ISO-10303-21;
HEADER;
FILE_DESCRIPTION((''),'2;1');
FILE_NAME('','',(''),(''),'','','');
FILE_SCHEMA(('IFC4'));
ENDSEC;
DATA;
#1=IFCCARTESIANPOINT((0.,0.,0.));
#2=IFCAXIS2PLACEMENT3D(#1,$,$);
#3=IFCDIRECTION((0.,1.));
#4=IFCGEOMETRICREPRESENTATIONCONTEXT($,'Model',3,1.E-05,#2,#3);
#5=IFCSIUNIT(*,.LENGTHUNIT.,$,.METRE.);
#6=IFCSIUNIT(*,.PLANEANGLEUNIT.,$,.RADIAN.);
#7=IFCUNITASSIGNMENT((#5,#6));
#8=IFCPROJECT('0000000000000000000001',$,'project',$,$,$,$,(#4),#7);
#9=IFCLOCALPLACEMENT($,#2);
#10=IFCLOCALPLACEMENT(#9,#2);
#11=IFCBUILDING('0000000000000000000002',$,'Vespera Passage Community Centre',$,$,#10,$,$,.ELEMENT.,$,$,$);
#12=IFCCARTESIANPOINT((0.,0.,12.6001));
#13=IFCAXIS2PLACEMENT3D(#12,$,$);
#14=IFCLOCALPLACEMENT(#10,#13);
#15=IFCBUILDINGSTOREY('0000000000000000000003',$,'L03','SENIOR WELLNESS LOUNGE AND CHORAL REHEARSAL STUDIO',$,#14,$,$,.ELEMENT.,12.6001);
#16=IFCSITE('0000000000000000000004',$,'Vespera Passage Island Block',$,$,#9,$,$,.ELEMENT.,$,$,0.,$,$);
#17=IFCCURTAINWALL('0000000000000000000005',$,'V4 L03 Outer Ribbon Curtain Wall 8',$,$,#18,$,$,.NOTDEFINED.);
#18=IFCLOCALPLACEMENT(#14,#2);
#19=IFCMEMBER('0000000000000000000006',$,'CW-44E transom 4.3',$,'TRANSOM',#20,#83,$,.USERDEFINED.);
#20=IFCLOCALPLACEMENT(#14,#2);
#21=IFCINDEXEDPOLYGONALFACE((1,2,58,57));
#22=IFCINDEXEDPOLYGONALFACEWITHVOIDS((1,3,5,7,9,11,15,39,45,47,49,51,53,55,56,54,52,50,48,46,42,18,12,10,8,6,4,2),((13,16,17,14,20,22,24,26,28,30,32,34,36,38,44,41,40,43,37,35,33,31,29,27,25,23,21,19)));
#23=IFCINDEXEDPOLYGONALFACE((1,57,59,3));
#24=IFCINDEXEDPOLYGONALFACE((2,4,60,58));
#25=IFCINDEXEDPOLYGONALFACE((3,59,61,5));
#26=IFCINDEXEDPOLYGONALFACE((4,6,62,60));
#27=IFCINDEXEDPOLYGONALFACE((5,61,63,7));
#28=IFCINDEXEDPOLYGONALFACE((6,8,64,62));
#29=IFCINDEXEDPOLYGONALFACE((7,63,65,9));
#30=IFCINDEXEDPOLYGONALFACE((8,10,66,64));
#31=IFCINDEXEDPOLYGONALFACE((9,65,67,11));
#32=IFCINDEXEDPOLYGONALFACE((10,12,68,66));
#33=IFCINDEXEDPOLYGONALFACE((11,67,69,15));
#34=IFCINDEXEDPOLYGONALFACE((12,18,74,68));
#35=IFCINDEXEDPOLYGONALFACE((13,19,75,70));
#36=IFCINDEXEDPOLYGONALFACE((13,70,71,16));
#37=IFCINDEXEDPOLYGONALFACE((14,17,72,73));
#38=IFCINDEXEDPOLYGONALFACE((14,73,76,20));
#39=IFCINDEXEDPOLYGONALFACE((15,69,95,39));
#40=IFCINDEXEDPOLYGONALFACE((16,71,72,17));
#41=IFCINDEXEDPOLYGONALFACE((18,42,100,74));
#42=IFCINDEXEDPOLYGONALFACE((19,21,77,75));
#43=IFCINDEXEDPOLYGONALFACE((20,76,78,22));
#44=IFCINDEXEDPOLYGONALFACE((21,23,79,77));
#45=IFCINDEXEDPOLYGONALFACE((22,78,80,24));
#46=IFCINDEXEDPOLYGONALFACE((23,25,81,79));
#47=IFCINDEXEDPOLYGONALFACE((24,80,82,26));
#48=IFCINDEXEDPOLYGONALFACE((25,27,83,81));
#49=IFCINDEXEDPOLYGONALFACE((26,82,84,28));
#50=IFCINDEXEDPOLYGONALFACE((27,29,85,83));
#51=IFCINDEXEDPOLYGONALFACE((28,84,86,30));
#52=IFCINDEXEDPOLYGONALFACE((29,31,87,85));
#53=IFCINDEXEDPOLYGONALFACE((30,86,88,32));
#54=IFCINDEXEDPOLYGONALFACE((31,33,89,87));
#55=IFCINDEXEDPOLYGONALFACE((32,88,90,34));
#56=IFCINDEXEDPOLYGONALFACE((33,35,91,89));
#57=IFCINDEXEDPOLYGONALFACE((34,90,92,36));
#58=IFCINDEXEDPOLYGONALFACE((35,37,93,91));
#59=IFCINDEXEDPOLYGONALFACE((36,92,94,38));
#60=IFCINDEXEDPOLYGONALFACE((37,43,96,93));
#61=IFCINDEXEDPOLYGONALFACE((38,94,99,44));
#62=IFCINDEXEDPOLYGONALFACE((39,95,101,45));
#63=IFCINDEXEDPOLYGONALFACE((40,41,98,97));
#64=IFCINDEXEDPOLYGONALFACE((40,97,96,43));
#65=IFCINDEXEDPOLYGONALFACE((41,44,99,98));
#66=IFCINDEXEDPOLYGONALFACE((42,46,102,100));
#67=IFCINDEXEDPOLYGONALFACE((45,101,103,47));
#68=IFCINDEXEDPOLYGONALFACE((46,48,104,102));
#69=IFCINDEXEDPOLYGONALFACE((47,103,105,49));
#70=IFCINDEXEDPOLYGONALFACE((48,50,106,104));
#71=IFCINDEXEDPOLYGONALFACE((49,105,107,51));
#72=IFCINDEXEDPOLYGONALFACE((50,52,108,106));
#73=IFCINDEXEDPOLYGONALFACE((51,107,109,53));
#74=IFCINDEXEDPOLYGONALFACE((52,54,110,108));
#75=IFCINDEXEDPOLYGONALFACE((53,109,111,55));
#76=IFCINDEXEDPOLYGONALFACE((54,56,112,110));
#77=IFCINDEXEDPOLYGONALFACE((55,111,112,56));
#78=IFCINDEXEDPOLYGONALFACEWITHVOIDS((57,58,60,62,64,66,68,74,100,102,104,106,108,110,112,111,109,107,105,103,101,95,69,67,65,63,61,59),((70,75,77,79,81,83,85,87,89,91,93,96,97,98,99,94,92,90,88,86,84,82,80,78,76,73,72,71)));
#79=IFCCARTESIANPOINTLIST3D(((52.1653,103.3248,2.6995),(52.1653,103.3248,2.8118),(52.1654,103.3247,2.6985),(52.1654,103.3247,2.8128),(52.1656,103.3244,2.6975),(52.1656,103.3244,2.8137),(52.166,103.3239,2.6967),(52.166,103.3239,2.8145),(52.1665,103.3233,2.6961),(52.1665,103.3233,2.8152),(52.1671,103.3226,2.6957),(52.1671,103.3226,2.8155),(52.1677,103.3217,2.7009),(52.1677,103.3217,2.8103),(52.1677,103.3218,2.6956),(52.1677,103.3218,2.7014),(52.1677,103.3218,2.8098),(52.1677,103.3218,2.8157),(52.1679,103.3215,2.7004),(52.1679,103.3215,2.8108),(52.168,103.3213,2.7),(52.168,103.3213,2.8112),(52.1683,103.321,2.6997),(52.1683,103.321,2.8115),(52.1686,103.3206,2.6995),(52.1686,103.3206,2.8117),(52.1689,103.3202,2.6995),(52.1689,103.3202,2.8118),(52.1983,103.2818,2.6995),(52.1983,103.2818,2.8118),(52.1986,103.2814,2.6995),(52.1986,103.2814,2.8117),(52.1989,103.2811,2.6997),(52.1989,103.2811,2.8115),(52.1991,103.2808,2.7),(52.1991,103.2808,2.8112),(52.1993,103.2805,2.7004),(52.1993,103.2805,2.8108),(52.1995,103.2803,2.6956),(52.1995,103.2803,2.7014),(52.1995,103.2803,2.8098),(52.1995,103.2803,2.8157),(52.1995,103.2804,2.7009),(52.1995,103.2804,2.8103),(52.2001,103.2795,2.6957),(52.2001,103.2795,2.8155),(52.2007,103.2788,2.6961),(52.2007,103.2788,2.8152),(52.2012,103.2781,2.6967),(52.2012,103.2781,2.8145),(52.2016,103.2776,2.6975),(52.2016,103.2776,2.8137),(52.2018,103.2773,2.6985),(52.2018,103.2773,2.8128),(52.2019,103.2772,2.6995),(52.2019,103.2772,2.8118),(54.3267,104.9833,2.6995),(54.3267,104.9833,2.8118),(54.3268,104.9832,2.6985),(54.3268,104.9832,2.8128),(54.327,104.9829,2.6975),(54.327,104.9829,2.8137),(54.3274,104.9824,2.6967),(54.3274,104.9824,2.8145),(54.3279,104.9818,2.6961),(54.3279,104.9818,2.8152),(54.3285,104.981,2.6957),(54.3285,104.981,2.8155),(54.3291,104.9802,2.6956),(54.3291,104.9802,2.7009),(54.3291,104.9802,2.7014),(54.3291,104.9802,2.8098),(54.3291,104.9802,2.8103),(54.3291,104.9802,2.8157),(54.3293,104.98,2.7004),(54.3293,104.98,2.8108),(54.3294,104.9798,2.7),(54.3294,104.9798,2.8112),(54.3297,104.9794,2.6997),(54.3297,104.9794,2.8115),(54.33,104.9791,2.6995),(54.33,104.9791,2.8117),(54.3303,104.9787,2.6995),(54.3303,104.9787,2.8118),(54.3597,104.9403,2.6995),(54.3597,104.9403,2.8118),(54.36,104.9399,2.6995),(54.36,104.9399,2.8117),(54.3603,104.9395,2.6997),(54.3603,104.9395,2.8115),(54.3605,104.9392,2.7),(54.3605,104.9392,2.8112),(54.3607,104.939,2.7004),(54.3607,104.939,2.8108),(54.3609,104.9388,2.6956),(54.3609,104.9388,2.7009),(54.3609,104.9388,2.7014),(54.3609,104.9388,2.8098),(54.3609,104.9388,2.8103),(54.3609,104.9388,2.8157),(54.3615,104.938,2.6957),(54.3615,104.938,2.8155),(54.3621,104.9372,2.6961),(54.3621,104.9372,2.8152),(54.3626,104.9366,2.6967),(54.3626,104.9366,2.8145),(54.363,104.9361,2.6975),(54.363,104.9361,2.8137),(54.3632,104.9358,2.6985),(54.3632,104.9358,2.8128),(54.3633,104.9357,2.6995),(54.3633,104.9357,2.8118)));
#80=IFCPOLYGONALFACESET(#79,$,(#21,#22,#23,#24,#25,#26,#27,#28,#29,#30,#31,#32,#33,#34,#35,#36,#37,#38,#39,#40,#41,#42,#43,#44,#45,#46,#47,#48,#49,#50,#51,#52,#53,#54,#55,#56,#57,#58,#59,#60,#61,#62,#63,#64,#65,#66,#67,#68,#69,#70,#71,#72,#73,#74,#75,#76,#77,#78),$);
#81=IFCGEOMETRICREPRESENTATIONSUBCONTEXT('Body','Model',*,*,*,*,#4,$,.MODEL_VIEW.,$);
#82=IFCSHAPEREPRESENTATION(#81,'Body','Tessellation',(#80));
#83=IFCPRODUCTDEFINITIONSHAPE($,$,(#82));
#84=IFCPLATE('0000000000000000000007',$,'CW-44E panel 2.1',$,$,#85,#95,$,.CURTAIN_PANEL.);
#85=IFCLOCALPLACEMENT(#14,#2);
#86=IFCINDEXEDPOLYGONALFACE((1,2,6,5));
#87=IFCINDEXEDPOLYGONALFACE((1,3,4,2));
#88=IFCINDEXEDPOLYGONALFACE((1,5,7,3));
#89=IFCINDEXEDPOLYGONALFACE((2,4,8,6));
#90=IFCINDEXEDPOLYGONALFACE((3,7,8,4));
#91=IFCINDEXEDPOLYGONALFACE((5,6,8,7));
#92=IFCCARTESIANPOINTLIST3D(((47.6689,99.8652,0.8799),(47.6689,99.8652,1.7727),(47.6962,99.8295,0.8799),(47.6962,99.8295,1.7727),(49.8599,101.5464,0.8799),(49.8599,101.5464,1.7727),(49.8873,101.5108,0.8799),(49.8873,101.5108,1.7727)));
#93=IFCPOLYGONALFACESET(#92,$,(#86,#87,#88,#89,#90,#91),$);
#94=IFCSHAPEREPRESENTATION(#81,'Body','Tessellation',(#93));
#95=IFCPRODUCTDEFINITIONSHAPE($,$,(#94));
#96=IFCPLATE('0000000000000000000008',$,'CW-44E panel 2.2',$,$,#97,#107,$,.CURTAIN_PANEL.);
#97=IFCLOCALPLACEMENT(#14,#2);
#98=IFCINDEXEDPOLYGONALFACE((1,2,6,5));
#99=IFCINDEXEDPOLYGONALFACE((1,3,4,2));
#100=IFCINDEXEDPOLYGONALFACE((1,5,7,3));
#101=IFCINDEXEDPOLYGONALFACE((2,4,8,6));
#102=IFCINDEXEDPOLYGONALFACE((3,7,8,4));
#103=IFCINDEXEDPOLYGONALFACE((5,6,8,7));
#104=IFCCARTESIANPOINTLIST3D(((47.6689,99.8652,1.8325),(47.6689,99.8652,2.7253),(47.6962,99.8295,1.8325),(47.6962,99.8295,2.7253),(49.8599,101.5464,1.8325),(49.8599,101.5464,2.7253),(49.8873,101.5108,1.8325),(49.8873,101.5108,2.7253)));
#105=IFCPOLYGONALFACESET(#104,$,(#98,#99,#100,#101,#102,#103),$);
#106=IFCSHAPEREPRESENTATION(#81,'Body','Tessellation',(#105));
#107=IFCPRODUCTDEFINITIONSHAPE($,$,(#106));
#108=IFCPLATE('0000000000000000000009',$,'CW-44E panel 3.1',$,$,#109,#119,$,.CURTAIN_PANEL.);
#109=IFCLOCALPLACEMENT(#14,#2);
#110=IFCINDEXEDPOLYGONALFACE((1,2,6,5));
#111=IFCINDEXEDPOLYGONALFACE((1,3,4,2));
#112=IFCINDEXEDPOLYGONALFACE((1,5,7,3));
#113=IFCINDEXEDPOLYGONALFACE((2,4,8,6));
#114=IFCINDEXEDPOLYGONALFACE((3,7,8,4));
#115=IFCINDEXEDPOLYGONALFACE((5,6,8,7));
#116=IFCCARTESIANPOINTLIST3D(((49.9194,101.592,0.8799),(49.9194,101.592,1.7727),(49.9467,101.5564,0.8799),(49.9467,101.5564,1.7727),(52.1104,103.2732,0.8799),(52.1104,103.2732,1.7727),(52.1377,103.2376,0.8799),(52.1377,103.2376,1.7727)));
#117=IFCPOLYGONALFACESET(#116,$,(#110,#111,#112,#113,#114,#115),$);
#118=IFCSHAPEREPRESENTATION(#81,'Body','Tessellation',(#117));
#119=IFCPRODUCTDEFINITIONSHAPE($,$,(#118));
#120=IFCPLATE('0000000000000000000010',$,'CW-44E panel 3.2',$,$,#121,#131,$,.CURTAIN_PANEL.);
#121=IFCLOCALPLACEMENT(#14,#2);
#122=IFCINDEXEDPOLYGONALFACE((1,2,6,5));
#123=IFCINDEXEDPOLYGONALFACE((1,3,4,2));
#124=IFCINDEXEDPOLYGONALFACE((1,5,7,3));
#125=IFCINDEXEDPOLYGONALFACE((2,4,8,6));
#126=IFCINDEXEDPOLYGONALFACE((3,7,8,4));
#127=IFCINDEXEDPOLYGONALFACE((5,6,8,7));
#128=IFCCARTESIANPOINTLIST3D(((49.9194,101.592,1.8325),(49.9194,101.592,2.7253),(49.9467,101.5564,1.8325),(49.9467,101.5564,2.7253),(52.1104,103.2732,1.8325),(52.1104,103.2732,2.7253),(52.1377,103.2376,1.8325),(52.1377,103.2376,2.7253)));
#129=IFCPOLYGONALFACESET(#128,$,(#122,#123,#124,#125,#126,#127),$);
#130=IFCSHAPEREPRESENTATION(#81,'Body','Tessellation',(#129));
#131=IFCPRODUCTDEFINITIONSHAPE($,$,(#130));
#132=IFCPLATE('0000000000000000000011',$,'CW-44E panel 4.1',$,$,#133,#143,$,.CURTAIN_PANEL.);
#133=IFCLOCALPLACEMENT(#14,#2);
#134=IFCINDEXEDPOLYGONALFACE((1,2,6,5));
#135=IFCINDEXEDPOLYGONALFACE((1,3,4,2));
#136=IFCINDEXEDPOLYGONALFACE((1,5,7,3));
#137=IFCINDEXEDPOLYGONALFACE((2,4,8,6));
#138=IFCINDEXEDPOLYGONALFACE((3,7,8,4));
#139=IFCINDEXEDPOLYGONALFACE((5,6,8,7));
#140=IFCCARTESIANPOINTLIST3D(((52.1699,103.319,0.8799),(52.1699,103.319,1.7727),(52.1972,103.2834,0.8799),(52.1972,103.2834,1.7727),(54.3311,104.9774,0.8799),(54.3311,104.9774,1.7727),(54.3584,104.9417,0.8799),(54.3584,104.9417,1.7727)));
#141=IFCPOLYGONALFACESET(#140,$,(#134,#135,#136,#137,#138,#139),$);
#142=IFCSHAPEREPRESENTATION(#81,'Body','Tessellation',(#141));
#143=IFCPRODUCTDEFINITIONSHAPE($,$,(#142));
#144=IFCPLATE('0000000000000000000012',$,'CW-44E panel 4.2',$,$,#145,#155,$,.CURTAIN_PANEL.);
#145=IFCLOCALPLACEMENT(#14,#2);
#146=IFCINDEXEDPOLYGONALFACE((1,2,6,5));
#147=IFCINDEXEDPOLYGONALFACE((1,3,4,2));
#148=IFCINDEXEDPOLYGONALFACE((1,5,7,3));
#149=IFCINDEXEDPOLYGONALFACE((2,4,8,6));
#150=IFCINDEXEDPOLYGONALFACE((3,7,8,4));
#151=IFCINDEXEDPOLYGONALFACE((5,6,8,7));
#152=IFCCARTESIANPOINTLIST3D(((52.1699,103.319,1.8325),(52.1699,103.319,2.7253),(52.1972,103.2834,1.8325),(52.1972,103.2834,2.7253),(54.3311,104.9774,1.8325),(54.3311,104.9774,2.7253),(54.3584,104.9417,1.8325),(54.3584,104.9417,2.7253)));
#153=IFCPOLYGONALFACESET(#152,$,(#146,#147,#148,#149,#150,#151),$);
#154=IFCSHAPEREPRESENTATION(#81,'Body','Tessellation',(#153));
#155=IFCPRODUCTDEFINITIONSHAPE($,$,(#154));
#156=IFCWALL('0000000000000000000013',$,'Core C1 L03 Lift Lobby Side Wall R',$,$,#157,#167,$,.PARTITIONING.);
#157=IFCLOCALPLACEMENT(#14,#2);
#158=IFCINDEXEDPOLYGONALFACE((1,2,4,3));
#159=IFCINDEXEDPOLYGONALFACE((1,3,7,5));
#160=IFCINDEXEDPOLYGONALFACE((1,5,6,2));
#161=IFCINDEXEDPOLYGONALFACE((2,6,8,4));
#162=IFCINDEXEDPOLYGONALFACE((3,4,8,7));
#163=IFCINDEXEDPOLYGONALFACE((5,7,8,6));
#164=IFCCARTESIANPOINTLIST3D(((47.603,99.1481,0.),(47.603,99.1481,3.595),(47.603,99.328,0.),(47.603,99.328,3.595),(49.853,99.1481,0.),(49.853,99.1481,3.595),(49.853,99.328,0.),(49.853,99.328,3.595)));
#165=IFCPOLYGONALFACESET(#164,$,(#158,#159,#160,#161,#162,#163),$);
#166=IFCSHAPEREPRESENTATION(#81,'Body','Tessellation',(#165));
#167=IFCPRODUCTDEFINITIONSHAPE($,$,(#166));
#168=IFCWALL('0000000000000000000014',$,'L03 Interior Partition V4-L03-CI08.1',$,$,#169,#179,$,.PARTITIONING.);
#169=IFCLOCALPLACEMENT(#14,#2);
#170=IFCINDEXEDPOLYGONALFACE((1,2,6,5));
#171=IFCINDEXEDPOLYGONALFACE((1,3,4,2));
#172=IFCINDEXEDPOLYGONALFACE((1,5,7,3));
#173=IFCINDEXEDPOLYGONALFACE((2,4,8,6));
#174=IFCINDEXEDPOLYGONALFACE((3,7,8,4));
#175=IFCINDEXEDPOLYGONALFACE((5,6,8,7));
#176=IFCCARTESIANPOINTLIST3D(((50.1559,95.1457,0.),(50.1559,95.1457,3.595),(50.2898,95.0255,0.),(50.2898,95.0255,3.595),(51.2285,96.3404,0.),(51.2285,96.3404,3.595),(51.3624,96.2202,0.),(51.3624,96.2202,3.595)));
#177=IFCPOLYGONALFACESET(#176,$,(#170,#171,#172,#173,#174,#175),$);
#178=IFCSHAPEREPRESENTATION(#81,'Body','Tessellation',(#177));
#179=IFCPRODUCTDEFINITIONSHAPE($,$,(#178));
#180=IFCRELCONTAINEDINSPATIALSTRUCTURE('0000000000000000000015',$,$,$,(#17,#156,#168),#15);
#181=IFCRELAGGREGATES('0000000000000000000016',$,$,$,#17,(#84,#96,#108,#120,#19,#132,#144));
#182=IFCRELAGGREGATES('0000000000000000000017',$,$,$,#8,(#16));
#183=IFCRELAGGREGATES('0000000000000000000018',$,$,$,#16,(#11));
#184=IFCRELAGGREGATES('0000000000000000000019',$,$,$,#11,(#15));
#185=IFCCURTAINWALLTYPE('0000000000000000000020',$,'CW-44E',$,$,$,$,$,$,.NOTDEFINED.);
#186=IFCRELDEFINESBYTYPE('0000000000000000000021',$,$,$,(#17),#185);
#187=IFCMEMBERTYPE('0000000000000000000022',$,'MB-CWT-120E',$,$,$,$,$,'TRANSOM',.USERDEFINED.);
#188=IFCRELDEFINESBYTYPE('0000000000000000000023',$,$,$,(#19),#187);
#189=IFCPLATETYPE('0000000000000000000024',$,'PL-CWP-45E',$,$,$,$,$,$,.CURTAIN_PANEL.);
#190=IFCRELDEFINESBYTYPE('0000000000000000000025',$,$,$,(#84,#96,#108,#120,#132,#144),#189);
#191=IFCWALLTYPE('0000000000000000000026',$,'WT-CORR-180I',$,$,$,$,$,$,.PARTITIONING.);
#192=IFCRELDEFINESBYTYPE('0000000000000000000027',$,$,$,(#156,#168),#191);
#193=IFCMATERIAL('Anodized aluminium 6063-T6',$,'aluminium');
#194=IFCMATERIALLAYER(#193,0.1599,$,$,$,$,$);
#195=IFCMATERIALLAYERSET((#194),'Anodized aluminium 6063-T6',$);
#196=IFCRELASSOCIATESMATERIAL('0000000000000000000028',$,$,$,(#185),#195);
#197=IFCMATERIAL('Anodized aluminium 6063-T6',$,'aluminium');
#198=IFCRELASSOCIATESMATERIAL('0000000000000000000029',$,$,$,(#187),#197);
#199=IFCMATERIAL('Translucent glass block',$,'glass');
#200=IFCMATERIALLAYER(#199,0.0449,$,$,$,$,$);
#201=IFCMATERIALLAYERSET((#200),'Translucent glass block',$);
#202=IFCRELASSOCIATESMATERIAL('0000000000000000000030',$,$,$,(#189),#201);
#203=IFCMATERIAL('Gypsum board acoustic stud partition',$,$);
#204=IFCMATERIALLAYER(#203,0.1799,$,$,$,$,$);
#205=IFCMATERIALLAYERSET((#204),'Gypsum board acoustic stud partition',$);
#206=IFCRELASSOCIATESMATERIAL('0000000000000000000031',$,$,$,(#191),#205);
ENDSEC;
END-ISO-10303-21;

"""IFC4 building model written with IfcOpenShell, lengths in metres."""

from ifc_helpers import new_model, si_unit, direction, frame, frame_2d, origin, origin_2d, place, context, subcontext, project, spatial, rectangle, hollow_rectangle, extrude, material, layer, layer_set, material_profile, profile_set, type_object, element, aggregate, save


model = new_model("IFC4")

# Units and contexts
model_context = context("Model", 3, precision=1e-05, world=origin(), true_north=direction((0.0, 1.0)))
body_context = subcontext(model_context, "Body", "Model", "MODEL_VIEW")
ifc_project = project(units=[si_unit("LENGTHUNIT", "METRE"), si_unit("PLANEANGLEUNIT", "RADIAN")], contexts=[model_context])

# Site, building, storey
site_placement = place(None, origin())
site = spatial("IfcSite", under=ifc_project, at=site_placement, Name="Vespera Passage Island Block", CompositionType="ELEMENT", RefElevation=0.0)
building_placement = place(site_placement, origin())
building = spatial("IfcBuilding", under=site, at=building_placement, Name="Vespera Passage Community Centre", CompositionType="ELEMENT")
storey_placement = place(building_placement, frame((0.0, 0.0, 12.6001)))
storey = spatial("IfcBuildingStorey", under=building, at=storey_placement, Name="L03", Description="SENIOR WELLNESS LOUNGE AND CHORAL REHEARSAL STUDIO", CompositionType="ELEMENT", Elevation=12.6001)

# Curtain wall
ifc_material_1 = material(Name="Anodized aluminium 6063-T6", Category="aluminium")
ifc_layer_1 = layer(ifc_material_1, 0.1599)
ifc_layer_set_1 = layer_set([ifc_layer_1], Name="Anodized aluminium 6063-T6")
curtain_wall_type_1 = type_object("IfcCurtainWallType", Name="CW-44E", PredefinedType="NOTDEFINED", material=ifc_layer_set_1)
curtain_wall_1_placement = place(storey_placement, origin())
curtain_wall_1 = element("IfcCurtainWall", 1, at=curtain_wall_1_placement, inside=storey, type_object=curtain_wall_type_1, Name="V4 L03 Outer Ribbon Curtain Wall 8", PredefinedType="NOTDEFINED")

# Member
ifc_material_2 = material(Name="Anodized aluminium 6063-T6", Category="aluminium")
ifc_material_profile_1 = material_profile(ifc_material_2, hollow_rectangle(XDim=0.0601, YDim=0.1201, WallThickness=0.0039, InnerFilletRadius=0.002, OuterFilletRadius=0.0039, at=origin_2d()), Name="ALU120X60X4")
ifc_profile_set_1 = profile_set([ifc_material_profile_1], Name="Anodized aluminium 6063-T6")
member_type_1 = type_object("IfcMemberType", Name="MB-CWT-120E", ElementType="TRANSOM", PredefinedType="USERDEFINED", material=ifc_profile_set_1)
member_1_placement = place(storey_placement, frame((52.1836, 103.301, 2.7556), z_axis=(0.79336, 0.608753, 0.0), x_axis=(-0.608753, 0.79336, 0.0)))
member_1 = element("IfcMember", 2, at=member_1_placement, type_object=member_type_1, Name="CW-44E transom 4.3", ObjectType="TRANSOM", PredefinedType="USERDEFINED", context=body_context, shape_type="SweptSolid", body=[
    extrude(hollow_rectangle(XDim=0.0601, YDim=0.1201, WallThickness=0.0039, InnerFilletRadius=0.002, OuterFilletRadius=0.0039, at=origin_2d()), origin(), (0.0, 0.0, 1.0), 2.7244),
])

# Plates
ifc_material_3 = material(Name="Translucent glass block", Category="glass")
ifc_layer_2 = layer(ifc_material_3, 0.0449)
ifc_layer_set_2 = layer_set([ifc_layer_2], Name="Translucent glass block")
plate_type = type_object("IfcPlateType", Name="PL-CWP-45E", PredefinedType="CURTAIN_PANEL", material=ifc_layer_set_2)
plate_1_placement = place(storey_placement, frame((48.7781, 100.688, 0.8799), z_axis=(0.0, 0.0, 1.0), x_axis=(0.793348, 0.608768, 0.0)))
plate_1 = element("IfcPlate", 3, at=plate_1_placement, type_object=plate_type, Name="CW-44E panel 2.1", PredefinedType="CURTAIN_PANEL", context=body_context, shape_type="SweptSolid", body=[
    extrude(rectangle(XDim=2.7617, YDim=0.0449, at=origin_2d()), origin(), (0.0, 0.0, 1.0), 0.8928),
])
plate_2_placement = place(storey_placement, frame((48.7781, 100.688, 1.8325), z_axis=(0.0, 0.0, 1.0), x_axis=(0.793348, 0.608768, 0.0)))
plate_2 = element("IfcPlate", 4, at=plate_2_placement, type_object=plate_type, Name="CW-44E panel 2.2", PredefinedType="CURTAIN_PANEL", context=body_context, shape_type="SweptSolid", body=[
    extrude(rectangle(XDim=2.7617, YDim=0.0449, at=origin_2d()), origin(), (0.0, 0.0, 1.0), 0.8928),
])
plate_3_placement = place(storey_placement, frame((51.0286, 102.4148, 0.8799), z_axis=(0.0, 0.0, 1.0), x_axis=(0.793348, 0.608768, 0.0)))
plate_3 = element("IfcPlate", 5, at=plate_3_placement, type_object=plate_type, Name="CW-44E panel 3.1", PredefinedType="CURTAIN_PANEL", context=body_context, shape_type="SweptSolid", body=[
    extrude(rectangle(XDim=2.7617, YDim=0.0449, at=origin_2d()), origin(), (0.0, 0.0, 1.0), 0.8928),
])
plate_4_placement = place(storey_placement, frame((51.0286, 102.4148, 1.8325), z_axis=(0.0, 0.0, 1.0), x_axis=(0.793348, 0.608768, 0.0)))
plate_4 = element("IfcPlate", 6, at=plate_4_placement, type_object=plate_type, Name="CW-44E panel 3.2", PredefinedType="CURTAIN_PANEL", context=body_context, shape_type="SweptSolid", body=[
    extrude(rectangle(XDim=2.7617, YDim=0.0449, at=origin_2d()), origin(), (0.0, 0.0, 1.0), 0.8928),
])
plate_5_placement = place(storey_placement, frame((53.2642, 104.1304, 0.8799), z_axis=(0.0, 0.0, 1.0), x_axis=(0.793348, 0.608768, 0.0)))
plate_5 = element("IfcPlate", 7, at=plate_5_placement, type_object=plate_type, Name="CW-44E panel 4.1", PredefinedType="CURTAIN_PANEL", context=body_context, shape_type="SweptSolid", body=[
    extrude(rectangle(XDim=2.7241, YDim=0.0449, at=origin_2d()), origin(), (0.0, 0.0, 1.0), 0.8928),
])
plate_6_placement = place(storey_placement, frame((53.2642, 104.1304, 1.8325), z_axis=(0.0, 0.0, 1.0), x_axis=(0.793348, 0.608768, 0.0)))
plate_6 = element("IfcPlate", 8, at=plate_6_placement, type_object=plate_type, Name="CW-44E panel 4.2", PredefinedType="CURTAIN_PANEL", context=body_context, shape_type="SweptSolid", body=[
    extrude(rectangle(XDim=2.7241, YDim=0.0449, at=origin_2d()), origin(), (0.0, 0.0, 1.0), 0.8928),
])
aggregate(curtain_wall_1, [plate_1, plate_2, plate_3, plate_4, member_1, plate_5, plate_6])

# Walls
ifc_material_4 = material(Name="Gypsum board acoustic stud partition")
ifc_layer_3 = layer(ifc_material_4, 0.1799)
ifc_layer_set_3 = layer_set([ifc_layer_3], Name="Gypsum board acoustic stud partition")
wall_type = type_object("IfcWallType", Name="WT-CORR-180I", PredefinedType="PARTITIONING", material=ifc_layer_set_3)
wall_1_placement = place(storey_placement, frame((47.603, 99.238, 0.0), z_axis=(0.0, 0.0, 1.0), x_axis=(1.0, 0.0, 0.0)))
element("IfcWall", 9, at=wall_1_placement, inside=storey, type_object=wall_type, Name="Core C1 L03 Lift Lobby Side Wall R", PredefinedType="PARTITIONING", context=body_context, shape_type="SweptSolid", body=[
    extrude(rectangle(XDim=2.25, YDim=0.1799, at=frame_2d((1.125, 0.0))), origin(), (0.0, 0.0, 1.0), 3.595),
])
wall_2_placement = place(storey_placement, frame((51.2954, 96.2803, 0.0), z_axis=(0.0, 0.0, 1.0), x_axis=(-0.668065, -0.744103, 0.0)))
element("IfcWall", 10, at=wall_2_placement, inside=storey, type_object=wall_type, Name="L03 Interior Partition V4-L03-CI08.1", PredefinedType="PARTITIONING", context=body_context, shape_type="SweptSolid", body=[
    extrude(rectangle(XDim=1.6055, YDim=0.1799, at=frame_2d((0.8027, 0.0))), origin(), (0.0, 0.0, 1.0), 3.595),
])

save(model, "model.ifc")
